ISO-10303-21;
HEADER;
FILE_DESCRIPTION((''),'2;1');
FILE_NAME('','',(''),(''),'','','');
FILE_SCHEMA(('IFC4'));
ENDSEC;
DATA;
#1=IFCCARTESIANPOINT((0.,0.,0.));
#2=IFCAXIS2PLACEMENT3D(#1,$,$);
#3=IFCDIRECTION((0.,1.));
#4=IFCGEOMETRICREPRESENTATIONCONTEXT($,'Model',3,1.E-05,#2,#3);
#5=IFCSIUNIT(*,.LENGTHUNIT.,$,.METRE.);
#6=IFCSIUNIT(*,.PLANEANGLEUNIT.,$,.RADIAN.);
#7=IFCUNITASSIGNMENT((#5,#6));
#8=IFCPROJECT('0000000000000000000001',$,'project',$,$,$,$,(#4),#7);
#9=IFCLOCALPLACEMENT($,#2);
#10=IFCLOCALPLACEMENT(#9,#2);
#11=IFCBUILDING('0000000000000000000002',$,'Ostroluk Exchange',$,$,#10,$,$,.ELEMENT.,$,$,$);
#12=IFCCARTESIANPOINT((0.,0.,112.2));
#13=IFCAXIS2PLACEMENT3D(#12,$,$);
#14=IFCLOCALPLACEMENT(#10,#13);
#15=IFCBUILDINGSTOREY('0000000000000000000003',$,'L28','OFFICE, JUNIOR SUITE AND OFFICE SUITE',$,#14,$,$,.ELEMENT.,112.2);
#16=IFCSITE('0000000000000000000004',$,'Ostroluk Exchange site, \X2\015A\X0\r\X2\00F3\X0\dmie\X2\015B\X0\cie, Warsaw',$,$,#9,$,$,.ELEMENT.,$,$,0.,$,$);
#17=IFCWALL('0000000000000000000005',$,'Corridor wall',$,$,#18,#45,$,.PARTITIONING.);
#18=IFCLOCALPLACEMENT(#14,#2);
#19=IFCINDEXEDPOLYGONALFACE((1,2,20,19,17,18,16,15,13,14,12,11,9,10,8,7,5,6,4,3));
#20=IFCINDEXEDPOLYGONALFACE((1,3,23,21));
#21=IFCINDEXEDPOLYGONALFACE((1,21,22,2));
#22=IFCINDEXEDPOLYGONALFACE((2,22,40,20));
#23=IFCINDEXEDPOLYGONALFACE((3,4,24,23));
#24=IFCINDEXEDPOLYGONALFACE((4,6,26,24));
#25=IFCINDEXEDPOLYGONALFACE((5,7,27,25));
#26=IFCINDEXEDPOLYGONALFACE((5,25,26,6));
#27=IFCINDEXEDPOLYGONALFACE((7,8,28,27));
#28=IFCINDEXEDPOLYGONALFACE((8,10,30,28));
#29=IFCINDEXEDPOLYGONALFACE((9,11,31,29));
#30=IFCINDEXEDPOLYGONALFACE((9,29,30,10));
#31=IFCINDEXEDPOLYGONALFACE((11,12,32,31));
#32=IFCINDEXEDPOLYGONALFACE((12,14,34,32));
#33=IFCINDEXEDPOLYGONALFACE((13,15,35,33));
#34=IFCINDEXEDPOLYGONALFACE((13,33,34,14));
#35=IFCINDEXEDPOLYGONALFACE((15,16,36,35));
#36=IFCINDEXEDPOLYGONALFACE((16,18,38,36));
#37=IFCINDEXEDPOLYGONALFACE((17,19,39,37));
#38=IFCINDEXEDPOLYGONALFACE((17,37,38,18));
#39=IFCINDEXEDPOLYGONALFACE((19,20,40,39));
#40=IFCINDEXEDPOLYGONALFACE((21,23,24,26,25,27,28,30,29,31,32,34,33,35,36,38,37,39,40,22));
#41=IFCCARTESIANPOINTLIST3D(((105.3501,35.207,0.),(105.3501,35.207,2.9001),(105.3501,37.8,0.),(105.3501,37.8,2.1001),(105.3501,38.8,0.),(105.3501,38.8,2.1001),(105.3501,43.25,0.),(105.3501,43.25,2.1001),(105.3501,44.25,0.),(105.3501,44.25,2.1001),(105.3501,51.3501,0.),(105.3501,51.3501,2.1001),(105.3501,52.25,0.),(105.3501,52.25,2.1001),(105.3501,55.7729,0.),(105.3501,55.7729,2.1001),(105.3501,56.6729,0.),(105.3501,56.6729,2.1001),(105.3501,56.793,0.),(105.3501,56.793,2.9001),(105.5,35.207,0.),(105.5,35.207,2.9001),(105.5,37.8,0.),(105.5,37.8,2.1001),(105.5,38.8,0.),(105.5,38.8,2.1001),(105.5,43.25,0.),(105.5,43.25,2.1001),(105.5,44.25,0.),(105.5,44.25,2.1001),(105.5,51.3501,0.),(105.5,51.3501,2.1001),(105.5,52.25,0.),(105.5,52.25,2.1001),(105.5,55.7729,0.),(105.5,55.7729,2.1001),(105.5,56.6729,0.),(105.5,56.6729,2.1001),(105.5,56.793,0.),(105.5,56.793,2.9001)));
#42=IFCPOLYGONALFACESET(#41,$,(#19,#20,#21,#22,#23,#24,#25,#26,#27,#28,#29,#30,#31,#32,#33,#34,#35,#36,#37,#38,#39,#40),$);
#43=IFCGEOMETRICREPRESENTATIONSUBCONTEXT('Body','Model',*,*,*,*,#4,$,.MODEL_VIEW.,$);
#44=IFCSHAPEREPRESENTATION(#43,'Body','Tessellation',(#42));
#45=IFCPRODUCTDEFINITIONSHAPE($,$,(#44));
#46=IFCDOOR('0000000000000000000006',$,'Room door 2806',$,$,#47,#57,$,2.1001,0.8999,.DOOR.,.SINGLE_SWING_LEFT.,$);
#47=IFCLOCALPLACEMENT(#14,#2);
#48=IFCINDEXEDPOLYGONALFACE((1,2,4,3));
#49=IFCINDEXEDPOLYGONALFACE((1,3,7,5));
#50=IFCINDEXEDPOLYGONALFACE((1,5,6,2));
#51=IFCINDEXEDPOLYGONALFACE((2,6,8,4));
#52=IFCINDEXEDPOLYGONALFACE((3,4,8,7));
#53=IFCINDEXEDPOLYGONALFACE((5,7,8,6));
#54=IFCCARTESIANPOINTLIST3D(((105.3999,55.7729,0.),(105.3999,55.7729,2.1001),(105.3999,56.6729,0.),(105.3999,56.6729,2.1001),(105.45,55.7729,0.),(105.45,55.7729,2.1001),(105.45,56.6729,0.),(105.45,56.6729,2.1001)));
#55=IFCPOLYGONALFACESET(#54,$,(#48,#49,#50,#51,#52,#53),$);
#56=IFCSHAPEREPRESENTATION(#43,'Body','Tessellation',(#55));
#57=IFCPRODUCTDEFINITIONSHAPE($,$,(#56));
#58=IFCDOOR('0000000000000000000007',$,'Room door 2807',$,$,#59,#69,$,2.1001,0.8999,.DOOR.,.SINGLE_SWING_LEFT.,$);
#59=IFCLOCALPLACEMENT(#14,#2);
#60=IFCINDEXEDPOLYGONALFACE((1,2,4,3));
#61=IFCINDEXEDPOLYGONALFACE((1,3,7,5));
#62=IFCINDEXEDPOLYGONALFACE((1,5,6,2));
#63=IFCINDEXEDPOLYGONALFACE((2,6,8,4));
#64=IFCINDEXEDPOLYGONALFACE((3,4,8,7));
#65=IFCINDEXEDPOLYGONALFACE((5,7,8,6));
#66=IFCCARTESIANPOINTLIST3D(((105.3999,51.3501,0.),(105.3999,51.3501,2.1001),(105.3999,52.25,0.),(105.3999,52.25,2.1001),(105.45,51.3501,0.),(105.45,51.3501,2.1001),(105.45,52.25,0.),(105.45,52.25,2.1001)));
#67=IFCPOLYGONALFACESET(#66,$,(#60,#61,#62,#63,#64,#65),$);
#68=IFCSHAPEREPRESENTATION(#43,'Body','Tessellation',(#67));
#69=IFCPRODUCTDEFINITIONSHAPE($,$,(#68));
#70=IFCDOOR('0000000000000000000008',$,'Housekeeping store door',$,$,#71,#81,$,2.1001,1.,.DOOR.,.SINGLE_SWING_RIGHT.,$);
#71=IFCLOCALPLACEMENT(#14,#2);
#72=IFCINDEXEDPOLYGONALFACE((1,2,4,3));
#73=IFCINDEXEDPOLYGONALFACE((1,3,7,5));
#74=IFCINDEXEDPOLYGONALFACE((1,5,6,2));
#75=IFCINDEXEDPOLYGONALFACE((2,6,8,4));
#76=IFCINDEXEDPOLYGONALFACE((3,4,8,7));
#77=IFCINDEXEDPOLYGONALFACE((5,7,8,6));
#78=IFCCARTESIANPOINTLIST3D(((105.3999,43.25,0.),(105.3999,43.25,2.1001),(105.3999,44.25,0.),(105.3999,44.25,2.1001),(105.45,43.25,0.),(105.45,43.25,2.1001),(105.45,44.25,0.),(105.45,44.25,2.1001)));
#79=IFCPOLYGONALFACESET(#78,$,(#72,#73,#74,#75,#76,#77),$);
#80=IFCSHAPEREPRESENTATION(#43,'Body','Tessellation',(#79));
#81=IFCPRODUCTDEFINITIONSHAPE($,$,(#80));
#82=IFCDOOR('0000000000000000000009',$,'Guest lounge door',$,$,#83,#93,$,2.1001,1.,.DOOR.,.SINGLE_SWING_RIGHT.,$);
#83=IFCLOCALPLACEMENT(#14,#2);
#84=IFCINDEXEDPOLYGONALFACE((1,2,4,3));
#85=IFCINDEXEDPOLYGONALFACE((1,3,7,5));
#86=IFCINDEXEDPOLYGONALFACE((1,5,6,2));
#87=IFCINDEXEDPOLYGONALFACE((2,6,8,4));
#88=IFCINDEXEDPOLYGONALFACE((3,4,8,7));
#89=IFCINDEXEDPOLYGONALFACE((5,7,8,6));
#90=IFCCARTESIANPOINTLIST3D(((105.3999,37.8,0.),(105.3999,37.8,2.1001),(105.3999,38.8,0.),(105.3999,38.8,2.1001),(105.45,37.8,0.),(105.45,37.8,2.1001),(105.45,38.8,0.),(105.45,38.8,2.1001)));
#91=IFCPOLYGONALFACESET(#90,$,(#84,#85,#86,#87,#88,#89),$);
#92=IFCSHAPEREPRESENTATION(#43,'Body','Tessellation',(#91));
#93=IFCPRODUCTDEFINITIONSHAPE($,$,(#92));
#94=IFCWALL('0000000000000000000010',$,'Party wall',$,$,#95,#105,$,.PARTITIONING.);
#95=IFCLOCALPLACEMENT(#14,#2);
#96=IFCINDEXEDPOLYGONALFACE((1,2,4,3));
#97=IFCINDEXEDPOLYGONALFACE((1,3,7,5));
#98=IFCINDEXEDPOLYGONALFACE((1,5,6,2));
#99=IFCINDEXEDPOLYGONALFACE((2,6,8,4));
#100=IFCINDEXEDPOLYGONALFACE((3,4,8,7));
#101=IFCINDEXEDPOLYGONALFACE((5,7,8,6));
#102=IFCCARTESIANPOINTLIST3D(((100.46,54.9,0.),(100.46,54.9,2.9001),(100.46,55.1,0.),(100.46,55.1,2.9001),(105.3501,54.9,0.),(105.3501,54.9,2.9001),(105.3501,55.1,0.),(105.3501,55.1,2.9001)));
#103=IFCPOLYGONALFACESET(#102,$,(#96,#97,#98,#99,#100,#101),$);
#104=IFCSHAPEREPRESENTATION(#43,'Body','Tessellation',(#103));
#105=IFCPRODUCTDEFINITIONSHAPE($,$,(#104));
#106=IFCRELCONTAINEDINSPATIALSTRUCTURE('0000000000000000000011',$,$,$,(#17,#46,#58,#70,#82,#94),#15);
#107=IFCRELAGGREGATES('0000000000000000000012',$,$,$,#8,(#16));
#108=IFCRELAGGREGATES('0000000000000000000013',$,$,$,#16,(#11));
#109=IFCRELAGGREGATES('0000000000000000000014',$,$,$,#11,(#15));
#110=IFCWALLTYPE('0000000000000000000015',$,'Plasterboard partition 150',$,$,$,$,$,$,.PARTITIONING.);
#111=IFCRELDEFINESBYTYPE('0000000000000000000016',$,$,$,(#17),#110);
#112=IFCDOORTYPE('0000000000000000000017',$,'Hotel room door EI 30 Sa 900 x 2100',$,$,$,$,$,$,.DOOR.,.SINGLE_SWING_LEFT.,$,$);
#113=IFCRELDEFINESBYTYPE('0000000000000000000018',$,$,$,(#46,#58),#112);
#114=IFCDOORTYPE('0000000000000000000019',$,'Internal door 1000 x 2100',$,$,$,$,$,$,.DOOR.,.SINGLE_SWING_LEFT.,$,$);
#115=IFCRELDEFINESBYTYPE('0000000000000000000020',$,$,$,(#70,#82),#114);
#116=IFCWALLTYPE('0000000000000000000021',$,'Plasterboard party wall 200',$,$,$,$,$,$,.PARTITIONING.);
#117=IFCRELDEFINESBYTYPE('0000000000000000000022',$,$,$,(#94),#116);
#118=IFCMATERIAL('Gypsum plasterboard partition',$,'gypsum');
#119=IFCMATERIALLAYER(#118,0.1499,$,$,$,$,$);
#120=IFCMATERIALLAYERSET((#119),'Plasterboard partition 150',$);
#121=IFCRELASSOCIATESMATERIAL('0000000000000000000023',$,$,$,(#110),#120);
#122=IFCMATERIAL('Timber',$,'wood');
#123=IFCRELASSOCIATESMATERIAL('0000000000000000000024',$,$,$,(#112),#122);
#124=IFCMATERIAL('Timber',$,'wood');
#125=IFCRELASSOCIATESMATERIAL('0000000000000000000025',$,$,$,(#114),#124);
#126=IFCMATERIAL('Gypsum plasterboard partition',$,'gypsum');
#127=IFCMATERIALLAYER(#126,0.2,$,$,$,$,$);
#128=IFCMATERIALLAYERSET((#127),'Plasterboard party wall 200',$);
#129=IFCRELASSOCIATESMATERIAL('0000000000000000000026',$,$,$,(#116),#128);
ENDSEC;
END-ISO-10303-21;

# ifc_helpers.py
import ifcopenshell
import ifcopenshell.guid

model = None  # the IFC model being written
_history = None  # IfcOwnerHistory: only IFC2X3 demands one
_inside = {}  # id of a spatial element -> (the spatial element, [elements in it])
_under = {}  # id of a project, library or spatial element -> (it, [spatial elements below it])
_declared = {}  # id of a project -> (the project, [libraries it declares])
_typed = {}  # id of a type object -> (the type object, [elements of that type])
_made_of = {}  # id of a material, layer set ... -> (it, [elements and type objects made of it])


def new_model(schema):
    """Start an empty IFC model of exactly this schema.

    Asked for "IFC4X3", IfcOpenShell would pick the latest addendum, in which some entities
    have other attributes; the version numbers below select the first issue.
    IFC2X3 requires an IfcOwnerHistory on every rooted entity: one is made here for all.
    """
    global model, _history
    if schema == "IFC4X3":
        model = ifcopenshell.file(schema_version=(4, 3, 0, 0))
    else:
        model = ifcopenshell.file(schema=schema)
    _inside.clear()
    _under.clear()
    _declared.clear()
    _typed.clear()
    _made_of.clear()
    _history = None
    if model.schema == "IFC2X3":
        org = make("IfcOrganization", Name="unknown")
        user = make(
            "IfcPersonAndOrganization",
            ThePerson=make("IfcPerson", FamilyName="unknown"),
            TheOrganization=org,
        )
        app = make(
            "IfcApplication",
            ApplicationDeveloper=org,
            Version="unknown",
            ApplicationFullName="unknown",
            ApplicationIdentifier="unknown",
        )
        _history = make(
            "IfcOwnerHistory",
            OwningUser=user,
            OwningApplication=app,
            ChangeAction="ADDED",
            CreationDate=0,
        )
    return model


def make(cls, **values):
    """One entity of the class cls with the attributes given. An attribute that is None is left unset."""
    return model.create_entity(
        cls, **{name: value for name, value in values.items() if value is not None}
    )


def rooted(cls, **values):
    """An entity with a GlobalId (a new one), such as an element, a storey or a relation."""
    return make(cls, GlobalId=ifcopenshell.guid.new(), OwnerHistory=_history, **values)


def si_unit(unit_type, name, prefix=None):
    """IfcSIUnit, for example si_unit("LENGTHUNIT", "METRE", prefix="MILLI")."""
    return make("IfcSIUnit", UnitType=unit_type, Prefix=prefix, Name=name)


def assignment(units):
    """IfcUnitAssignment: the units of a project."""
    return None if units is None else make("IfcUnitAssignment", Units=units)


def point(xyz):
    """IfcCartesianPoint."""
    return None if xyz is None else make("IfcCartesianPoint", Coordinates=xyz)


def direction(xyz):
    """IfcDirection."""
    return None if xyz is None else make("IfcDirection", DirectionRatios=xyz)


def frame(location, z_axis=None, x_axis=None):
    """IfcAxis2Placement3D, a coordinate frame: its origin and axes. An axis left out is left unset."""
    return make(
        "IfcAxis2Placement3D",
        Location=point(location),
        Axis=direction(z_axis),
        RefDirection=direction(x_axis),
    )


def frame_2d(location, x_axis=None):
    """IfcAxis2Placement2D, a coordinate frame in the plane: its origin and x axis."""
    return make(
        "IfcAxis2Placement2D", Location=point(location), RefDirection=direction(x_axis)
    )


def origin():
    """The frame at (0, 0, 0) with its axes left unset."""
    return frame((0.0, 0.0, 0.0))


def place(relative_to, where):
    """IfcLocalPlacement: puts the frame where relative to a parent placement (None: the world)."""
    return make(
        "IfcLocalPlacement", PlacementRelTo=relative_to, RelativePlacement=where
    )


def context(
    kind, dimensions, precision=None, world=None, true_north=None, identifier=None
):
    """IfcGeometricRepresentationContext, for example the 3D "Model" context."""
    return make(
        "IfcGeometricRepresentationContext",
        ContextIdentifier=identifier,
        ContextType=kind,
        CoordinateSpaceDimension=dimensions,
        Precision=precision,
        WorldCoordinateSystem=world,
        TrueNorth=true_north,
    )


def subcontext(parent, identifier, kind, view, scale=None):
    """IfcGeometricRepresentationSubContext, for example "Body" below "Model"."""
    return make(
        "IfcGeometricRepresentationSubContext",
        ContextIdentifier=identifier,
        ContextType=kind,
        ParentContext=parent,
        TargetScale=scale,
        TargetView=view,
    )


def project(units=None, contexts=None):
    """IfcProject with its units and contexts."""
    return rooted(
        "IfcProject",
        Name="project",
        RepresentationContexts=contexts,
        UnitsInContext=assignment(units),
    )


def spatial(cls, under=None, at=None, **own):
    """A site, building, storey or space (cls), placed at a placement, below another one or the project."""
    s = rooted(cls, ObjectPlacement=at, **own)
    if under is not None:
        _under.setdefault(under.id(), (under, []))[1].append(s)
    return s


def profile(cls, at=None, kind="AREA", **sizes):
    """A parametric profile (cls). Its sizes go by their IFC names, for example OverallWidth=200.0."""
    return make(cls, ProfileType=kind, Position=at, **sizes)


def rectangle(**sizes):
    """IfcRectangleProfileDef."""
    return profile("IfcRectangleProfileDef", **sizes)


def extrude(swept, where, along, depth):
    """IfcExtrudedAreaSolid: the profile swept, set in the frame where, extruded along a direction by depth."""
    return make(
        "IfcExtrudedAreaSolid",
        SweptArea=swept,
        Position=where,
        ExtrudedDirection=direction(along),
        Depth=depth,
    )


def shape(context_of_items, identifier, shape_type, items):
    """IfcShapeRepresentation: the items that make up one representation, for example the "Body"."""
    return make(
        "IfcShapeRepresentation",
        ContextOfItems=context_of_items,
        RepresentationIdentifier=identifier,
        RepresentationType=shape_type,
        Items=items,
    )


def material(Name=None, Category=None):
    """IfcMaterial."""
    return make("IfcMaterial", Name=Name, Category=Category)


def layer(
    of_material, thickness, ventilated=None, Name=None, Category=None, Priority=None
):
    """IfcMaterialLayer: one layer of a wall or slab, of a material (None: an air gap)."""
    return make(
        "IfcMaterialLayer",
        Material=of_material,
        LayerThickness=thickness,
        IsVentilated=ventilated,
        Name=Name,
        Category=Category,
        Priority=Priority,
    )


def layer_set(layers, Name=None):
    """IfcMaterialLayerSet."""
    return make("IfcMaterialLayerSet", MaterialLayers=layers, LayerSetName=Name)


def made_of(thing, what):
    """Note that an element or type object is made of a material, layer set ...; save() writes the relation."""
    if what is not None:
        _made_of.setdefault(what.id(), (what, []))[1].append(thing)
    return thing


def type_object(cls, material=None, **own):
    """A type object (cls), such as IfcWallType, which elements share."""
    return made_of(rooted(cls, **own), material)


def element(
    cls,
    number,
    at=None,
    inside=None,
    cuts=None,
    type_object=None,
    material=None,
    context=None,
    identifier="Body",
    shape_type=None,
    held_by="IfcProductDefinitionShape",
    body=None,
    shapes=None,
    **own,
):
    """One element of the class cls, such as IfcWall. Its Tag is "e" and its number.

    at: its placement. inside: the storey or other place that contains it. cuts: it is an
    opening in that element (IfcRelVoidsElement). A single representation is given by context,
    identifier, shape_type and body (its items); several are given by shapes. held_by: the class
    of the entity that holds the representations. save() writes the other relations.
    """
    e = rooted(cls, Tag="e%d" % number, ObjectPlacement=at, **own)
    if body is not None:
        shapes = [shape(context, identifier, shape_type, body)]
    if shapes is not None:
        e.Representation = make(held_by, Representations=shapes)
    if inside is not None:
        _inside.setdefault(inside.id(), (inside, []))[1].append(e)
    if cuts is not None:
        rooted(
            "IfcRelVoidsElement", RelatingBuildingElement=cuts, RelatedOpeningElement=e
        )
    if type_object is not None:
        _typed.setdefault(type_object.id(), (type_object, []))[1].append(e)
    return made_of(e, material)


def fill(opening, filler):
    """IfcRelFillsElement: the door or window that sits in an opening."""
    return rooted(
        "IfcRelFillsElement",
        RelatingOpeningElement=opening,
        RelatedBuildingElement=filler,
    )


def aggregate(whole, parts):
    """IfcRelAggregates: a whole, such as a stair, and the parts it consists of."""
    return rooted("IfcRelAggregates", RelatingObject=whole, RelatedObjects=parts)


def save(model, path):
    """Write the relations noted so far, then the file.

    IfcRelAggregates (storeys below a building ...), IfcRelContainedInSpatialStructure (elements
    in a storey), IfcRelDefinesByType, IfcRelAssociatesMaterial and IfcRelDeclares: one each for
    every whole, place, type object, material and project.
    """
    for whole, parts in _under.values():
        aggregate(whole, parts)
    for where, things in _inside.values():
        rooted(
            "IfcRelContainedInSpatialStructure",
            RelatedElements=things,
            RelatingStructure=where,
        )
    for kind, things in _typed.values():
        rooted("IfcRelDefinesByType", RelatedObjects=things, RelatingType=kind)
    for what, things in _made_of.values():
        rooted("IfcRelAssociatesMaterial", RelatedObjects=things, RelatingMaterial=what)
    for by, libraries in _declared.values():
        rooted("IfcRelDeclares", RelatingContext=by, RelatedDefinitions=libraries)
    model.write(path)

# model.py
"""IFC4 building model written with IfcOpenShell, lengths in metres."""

from ifc_helpers import new_model, si_unit, direction, frame, frame_2d, origin, place, context, subcontext, project, spatial, rectangle, extrude, material, layer, layer_set, type_object, element, fill, save


model = new_model("IFC4")

# Units and contexts
model_context = context("Model", 3, precision=1e-05, world=origin(), true_north=direction((0.0, 1.0)))
body_context = subcontext(model_context, "Body", "Model", "MODEL_VIEW")
ifc_project = project(units=[si_unit("LENGTHUNIT", "METRE"), si_unit("PLANEANGLEUNIT", "RADIAN")], contexts=[model_context])

# Site, building, storey
site_placement = place(None, origin())
site = spatial("IfcSite", under=ifc_project, at=site_placement, Name="Ostroluk Exchange site, Śródmieście, Warsaw", CompositionType="ELEMENT", RefElevation=0.0)
building_placement = place(site_placement, origin())
building = spatial("IfcBuilding", under=site, at=building_placement, Name="Ostroluk Exchange", CompositionType="ELEMENT")
storey_placement = place(building_placement, frame((0.0, 0.0, 112.2)))
storey = spatial("IfcBuildingStorey", under=building, at=storey_placement, Name="L28", Description="OFFICE, JUNIOR SUITE AND OFFICE SUITE", CompositionType="ELEMENT", Elevation=112.2)

# Wall, openings, doors
ifc_material_1 = material(Name="Gypsum plasterboard partition", Category="gypsum")
ifc_layer_1 = layer(ifc_material_1, 0.1499)
ifc_layer_set_1 = layer_set([ifc_layer_1], Name="Plasterboard partition 150")
wall_type_1 = type_object("IfcWallType", Name="Plasterboard partition 150", PredefinedType="PARTITIONING", material=ifc_layer_set_1)
wall_1_placement = place(storey_placement, frame((105.425, 56.793, 0.0), z_axis=(0.0, 0.0, 1.0), x_axis=(0.0, -1.0, 0.0)))
wall_1 = element("IfcWall", 1, at=wall_1_placement, inside=storey, type_object=wall_type_1, Name="Corridor wall", PredefinedType="PARTITIONING", context=body_context, shape_type="SweptSolid", body=[
    extrude(rectangle(XDim=21.5859, YDim=0.1499, at=frame_2d((10.793, 0.0))), origin(), (0.0, 0.0, 1.0), 2.9001),
])
opening_1_placement = place(wall_1_placement, frame((0.1201, 0.0, 0.0)))
opening_1 = element("IfcOpeningElement", 2, at=opening_1_placement, cuts=wall_1, PredefinedType="OPENING", context=body_context, shape_type="SweptSolid", body=[
    extrude(rectangle(XDim=0.8999, YDim=2.1001, at=frame_2d((0.45, 1.05))), frame((0.0, 0.085, 0.0), z_axis=(0.0, -1.0, 0.0), x_axis=(1.0, 0.0, 0.0)), (0.0, 0.0, 1.0), 0.1699),
])
opening_2_placement = place(wall_1_placement, frame((4.543, 0.0, 0.0)))
opening_2 = element("IfcOpeningElement", 3, at=opening_2_placement, cuts=wall_1, PredefinedType="OPENING", context=body_context, shape_type="SweptSolid", body=[
    extrude(rectangle(XDim=0.8999, YDim=2.1001, at=frame_2d((0.45, 1.05))), frame((0.0, 0.085, 0.0), z_axis=(0.0, -1.0, 0.0), x_axis=(1.0, 0.0, 0.0)), (0.0, 0.0, 1.0), 0.1699),
])
opening_3_placement = place(wall_1_placement, frame((12.543, 0.0, 0.0)))
opening_3 = element("IfcOpeningElement", 4, at=opening_3_placement, cuts=wall_1, PredefinedType="OPENING", context=body_context, shape_type="SweptSolid", body=[
    extrude(rectangle(XDim=1.0, YDim=2.1001, at=frame_2d((0.5, 1.05))), frame((0.0, 0.085, 0.0), z_axis=(0.0, -1.0, 0.0), x_axis=(1.0, 0.0, 0.0)), (0.0, 0.0, 1.0), 0.1699),
])
opening_4_placement = place(wall_1_placement, frame((17.9929, 0.0, 0.0)))
opening_4 = element("IfcOpeningElement", 5, at=opening_4_placement, cuts=wall_1, PredefinedType="OPENING", context=body_context, shape_type="SweptSolid", body=[
    extrude(rectangle(XDim=1.0, YDim=2.1001, at=frame_2d((0.5, 1.05))), frame((0.0, 0.085, 0.0), z_axis=(0.0, -1.0, 0.0), x_axis=(1.0, 0.0, 0.0)), (0.0, 0.0, 1.0), 0.1699),
])
ifc_material_2 = material(Name="Timber", Category="wood")
door_type_1 = type_object("IfcDoorType", Name="Hotel room door EI 30 Sa 900 x 2100", OperationType="SINGLE_SWING_LEFT", PredefinedType="DOOR", material=ifc_material_2)
door_1_placement = place(opening_1_placement, origin())
door_1 = element("IfcDoor", 6, at=door_1_placement, inside=storey, type_object=door_type_1, Name="Room door 2806", OperationType="SINGLE_SWING_LEFT", OverallHeight=2.1001, OverallWidth=0.8999, PredefinedType="DOOR", context=body_context, shape_type="SweptSolid", body=[
    extrude(rectangle(XDim=0.8999, YDim=2.1001, at=frame_2d((0.45, 1.05))), frame((0.0, 0.0249, 0.0), z_axis=(0.0, -1.0, 0.0), x_axis=(1.0, 0.0, 0.0)), (0.0, 0.0, 1.0), 0.05),
])
fill(opening_1, door_1)
door_2_placement = place(opening_2_placement, origin())
door_2 = element("IfcDoor", 7, at=door_2_placement, inside=storey, type_object=door_type_1, Name="Room door 2807", OperationType="SINGLE_SWING_LEFT", OverallHeight=2.1001, OverallWidth=0.8999, PredefinedType="DOOR", context=body_context, shape_type="SweptSolid", body=[
    extrude(rectangle(XDim=0.8999, YDim=2.1001, at=frame_2d((0.45, 1.05))), frame((0.0, 0.0249, 0.0), z_axis=(0.0, -1.0, 0.0), x_axis=(1.0, 0.0, 0.0)), (0.0, 0.0, 1.0), 0.05),
])
fill(opening_2, door_2)
ifc_material_3 = material(Name="Timber", Category="wood")
door_type_2 = type_object("IfcDoorType", Name="Internal door 1000 x 2100", OperationType="SINGLE_SWING_LEFT", PredefinedType="DOOR", material=ifc_material_3)
door_3_placement = place(opening_3_placement, origin())
door_3 = element("IfcDoor", 8, at=door_3_placement, inside=storey, type_object=door_type_2, Name="Housekeeping store door", OperationType="SINGLE_SWING_RIGHT", OverallHeight=2.1001, OverallWidth=1.0, PredefinedType="DOOR", context=body_context, shape_type="SweptSolid", body=[
    extrude(rectangle(XDim=1.0, YDim=2.1001, at=frame_2d((0.5, 1.05))), frame((0.0, 0.0249, 0.0), z_axis=(0.0, -1.0, 0.0), x_axis=(1.0, 0.0, 0.0)), (0.0, 0.0, 1.0), 0.05),
])
fill(opening_3, door_3)
door_4_placement = place(opening_4_placement, origin())
door_4 = element("IfcDoor", 9, at=door_4_placement, inside=storey, type_object=door_type_2, Name="Guest lounge door", OperationType="SINGLE_SWING_RIGHT", OverallHeight=2.1001, OverallWidth=1.0, PredefinedType="DOOR", context=body_context, shape_type="SweptSolid", body=[
    extrude(rectangle(XDim=1.0, YDim=2.1001, at=frame_2d((0.5, 1.05))), frame((0.0, 0.0249, 0.0), z_axis=(0.0, -1.0, 0.0), x_axis=(1.0, 0.0, 0.0)), (0.0, 0.0, 1.0), 0.05),
])
fill(opening_4, door_4)

# Wall
ifc_material_4 = material(Name="Gypsum plasterboard partition", Category="gypsum")
ifc_layer_2 = layer(ifc_material_4, 0.2)
ifc_layer_set_2 = layer_set([ifc_layer_2], Name="Plasterboard party wall 200")
wall_type_2 = type_object("IfcWallType", Name="Plasterboard party wall 200", PredefinedType="PARTITIONING", material=ifc_layer_set_2)
wall_2_placement = place(storey_placement, frame((105.3501, 55.0, 0.0), z_axis=(0.0, 0.0, 1.0), x_axis=(-1.0, 0.0, 0.0)))
element("IfcWall", 10, at=wall_2_placement, inside=storey, type_object=wall_type_2, Name="Party wall", PredefinedType="PARTITIONING", context=body_context, shape_type="SweptSolid", body=[
    extrude(rectangle(XDim=4.8901, YDim=0.2, at=frame_2d((2.4451, 0.0))), origin(), (0.0, 0.0, 1.0), 2.9001),
])

save(model, "model.ifc")
